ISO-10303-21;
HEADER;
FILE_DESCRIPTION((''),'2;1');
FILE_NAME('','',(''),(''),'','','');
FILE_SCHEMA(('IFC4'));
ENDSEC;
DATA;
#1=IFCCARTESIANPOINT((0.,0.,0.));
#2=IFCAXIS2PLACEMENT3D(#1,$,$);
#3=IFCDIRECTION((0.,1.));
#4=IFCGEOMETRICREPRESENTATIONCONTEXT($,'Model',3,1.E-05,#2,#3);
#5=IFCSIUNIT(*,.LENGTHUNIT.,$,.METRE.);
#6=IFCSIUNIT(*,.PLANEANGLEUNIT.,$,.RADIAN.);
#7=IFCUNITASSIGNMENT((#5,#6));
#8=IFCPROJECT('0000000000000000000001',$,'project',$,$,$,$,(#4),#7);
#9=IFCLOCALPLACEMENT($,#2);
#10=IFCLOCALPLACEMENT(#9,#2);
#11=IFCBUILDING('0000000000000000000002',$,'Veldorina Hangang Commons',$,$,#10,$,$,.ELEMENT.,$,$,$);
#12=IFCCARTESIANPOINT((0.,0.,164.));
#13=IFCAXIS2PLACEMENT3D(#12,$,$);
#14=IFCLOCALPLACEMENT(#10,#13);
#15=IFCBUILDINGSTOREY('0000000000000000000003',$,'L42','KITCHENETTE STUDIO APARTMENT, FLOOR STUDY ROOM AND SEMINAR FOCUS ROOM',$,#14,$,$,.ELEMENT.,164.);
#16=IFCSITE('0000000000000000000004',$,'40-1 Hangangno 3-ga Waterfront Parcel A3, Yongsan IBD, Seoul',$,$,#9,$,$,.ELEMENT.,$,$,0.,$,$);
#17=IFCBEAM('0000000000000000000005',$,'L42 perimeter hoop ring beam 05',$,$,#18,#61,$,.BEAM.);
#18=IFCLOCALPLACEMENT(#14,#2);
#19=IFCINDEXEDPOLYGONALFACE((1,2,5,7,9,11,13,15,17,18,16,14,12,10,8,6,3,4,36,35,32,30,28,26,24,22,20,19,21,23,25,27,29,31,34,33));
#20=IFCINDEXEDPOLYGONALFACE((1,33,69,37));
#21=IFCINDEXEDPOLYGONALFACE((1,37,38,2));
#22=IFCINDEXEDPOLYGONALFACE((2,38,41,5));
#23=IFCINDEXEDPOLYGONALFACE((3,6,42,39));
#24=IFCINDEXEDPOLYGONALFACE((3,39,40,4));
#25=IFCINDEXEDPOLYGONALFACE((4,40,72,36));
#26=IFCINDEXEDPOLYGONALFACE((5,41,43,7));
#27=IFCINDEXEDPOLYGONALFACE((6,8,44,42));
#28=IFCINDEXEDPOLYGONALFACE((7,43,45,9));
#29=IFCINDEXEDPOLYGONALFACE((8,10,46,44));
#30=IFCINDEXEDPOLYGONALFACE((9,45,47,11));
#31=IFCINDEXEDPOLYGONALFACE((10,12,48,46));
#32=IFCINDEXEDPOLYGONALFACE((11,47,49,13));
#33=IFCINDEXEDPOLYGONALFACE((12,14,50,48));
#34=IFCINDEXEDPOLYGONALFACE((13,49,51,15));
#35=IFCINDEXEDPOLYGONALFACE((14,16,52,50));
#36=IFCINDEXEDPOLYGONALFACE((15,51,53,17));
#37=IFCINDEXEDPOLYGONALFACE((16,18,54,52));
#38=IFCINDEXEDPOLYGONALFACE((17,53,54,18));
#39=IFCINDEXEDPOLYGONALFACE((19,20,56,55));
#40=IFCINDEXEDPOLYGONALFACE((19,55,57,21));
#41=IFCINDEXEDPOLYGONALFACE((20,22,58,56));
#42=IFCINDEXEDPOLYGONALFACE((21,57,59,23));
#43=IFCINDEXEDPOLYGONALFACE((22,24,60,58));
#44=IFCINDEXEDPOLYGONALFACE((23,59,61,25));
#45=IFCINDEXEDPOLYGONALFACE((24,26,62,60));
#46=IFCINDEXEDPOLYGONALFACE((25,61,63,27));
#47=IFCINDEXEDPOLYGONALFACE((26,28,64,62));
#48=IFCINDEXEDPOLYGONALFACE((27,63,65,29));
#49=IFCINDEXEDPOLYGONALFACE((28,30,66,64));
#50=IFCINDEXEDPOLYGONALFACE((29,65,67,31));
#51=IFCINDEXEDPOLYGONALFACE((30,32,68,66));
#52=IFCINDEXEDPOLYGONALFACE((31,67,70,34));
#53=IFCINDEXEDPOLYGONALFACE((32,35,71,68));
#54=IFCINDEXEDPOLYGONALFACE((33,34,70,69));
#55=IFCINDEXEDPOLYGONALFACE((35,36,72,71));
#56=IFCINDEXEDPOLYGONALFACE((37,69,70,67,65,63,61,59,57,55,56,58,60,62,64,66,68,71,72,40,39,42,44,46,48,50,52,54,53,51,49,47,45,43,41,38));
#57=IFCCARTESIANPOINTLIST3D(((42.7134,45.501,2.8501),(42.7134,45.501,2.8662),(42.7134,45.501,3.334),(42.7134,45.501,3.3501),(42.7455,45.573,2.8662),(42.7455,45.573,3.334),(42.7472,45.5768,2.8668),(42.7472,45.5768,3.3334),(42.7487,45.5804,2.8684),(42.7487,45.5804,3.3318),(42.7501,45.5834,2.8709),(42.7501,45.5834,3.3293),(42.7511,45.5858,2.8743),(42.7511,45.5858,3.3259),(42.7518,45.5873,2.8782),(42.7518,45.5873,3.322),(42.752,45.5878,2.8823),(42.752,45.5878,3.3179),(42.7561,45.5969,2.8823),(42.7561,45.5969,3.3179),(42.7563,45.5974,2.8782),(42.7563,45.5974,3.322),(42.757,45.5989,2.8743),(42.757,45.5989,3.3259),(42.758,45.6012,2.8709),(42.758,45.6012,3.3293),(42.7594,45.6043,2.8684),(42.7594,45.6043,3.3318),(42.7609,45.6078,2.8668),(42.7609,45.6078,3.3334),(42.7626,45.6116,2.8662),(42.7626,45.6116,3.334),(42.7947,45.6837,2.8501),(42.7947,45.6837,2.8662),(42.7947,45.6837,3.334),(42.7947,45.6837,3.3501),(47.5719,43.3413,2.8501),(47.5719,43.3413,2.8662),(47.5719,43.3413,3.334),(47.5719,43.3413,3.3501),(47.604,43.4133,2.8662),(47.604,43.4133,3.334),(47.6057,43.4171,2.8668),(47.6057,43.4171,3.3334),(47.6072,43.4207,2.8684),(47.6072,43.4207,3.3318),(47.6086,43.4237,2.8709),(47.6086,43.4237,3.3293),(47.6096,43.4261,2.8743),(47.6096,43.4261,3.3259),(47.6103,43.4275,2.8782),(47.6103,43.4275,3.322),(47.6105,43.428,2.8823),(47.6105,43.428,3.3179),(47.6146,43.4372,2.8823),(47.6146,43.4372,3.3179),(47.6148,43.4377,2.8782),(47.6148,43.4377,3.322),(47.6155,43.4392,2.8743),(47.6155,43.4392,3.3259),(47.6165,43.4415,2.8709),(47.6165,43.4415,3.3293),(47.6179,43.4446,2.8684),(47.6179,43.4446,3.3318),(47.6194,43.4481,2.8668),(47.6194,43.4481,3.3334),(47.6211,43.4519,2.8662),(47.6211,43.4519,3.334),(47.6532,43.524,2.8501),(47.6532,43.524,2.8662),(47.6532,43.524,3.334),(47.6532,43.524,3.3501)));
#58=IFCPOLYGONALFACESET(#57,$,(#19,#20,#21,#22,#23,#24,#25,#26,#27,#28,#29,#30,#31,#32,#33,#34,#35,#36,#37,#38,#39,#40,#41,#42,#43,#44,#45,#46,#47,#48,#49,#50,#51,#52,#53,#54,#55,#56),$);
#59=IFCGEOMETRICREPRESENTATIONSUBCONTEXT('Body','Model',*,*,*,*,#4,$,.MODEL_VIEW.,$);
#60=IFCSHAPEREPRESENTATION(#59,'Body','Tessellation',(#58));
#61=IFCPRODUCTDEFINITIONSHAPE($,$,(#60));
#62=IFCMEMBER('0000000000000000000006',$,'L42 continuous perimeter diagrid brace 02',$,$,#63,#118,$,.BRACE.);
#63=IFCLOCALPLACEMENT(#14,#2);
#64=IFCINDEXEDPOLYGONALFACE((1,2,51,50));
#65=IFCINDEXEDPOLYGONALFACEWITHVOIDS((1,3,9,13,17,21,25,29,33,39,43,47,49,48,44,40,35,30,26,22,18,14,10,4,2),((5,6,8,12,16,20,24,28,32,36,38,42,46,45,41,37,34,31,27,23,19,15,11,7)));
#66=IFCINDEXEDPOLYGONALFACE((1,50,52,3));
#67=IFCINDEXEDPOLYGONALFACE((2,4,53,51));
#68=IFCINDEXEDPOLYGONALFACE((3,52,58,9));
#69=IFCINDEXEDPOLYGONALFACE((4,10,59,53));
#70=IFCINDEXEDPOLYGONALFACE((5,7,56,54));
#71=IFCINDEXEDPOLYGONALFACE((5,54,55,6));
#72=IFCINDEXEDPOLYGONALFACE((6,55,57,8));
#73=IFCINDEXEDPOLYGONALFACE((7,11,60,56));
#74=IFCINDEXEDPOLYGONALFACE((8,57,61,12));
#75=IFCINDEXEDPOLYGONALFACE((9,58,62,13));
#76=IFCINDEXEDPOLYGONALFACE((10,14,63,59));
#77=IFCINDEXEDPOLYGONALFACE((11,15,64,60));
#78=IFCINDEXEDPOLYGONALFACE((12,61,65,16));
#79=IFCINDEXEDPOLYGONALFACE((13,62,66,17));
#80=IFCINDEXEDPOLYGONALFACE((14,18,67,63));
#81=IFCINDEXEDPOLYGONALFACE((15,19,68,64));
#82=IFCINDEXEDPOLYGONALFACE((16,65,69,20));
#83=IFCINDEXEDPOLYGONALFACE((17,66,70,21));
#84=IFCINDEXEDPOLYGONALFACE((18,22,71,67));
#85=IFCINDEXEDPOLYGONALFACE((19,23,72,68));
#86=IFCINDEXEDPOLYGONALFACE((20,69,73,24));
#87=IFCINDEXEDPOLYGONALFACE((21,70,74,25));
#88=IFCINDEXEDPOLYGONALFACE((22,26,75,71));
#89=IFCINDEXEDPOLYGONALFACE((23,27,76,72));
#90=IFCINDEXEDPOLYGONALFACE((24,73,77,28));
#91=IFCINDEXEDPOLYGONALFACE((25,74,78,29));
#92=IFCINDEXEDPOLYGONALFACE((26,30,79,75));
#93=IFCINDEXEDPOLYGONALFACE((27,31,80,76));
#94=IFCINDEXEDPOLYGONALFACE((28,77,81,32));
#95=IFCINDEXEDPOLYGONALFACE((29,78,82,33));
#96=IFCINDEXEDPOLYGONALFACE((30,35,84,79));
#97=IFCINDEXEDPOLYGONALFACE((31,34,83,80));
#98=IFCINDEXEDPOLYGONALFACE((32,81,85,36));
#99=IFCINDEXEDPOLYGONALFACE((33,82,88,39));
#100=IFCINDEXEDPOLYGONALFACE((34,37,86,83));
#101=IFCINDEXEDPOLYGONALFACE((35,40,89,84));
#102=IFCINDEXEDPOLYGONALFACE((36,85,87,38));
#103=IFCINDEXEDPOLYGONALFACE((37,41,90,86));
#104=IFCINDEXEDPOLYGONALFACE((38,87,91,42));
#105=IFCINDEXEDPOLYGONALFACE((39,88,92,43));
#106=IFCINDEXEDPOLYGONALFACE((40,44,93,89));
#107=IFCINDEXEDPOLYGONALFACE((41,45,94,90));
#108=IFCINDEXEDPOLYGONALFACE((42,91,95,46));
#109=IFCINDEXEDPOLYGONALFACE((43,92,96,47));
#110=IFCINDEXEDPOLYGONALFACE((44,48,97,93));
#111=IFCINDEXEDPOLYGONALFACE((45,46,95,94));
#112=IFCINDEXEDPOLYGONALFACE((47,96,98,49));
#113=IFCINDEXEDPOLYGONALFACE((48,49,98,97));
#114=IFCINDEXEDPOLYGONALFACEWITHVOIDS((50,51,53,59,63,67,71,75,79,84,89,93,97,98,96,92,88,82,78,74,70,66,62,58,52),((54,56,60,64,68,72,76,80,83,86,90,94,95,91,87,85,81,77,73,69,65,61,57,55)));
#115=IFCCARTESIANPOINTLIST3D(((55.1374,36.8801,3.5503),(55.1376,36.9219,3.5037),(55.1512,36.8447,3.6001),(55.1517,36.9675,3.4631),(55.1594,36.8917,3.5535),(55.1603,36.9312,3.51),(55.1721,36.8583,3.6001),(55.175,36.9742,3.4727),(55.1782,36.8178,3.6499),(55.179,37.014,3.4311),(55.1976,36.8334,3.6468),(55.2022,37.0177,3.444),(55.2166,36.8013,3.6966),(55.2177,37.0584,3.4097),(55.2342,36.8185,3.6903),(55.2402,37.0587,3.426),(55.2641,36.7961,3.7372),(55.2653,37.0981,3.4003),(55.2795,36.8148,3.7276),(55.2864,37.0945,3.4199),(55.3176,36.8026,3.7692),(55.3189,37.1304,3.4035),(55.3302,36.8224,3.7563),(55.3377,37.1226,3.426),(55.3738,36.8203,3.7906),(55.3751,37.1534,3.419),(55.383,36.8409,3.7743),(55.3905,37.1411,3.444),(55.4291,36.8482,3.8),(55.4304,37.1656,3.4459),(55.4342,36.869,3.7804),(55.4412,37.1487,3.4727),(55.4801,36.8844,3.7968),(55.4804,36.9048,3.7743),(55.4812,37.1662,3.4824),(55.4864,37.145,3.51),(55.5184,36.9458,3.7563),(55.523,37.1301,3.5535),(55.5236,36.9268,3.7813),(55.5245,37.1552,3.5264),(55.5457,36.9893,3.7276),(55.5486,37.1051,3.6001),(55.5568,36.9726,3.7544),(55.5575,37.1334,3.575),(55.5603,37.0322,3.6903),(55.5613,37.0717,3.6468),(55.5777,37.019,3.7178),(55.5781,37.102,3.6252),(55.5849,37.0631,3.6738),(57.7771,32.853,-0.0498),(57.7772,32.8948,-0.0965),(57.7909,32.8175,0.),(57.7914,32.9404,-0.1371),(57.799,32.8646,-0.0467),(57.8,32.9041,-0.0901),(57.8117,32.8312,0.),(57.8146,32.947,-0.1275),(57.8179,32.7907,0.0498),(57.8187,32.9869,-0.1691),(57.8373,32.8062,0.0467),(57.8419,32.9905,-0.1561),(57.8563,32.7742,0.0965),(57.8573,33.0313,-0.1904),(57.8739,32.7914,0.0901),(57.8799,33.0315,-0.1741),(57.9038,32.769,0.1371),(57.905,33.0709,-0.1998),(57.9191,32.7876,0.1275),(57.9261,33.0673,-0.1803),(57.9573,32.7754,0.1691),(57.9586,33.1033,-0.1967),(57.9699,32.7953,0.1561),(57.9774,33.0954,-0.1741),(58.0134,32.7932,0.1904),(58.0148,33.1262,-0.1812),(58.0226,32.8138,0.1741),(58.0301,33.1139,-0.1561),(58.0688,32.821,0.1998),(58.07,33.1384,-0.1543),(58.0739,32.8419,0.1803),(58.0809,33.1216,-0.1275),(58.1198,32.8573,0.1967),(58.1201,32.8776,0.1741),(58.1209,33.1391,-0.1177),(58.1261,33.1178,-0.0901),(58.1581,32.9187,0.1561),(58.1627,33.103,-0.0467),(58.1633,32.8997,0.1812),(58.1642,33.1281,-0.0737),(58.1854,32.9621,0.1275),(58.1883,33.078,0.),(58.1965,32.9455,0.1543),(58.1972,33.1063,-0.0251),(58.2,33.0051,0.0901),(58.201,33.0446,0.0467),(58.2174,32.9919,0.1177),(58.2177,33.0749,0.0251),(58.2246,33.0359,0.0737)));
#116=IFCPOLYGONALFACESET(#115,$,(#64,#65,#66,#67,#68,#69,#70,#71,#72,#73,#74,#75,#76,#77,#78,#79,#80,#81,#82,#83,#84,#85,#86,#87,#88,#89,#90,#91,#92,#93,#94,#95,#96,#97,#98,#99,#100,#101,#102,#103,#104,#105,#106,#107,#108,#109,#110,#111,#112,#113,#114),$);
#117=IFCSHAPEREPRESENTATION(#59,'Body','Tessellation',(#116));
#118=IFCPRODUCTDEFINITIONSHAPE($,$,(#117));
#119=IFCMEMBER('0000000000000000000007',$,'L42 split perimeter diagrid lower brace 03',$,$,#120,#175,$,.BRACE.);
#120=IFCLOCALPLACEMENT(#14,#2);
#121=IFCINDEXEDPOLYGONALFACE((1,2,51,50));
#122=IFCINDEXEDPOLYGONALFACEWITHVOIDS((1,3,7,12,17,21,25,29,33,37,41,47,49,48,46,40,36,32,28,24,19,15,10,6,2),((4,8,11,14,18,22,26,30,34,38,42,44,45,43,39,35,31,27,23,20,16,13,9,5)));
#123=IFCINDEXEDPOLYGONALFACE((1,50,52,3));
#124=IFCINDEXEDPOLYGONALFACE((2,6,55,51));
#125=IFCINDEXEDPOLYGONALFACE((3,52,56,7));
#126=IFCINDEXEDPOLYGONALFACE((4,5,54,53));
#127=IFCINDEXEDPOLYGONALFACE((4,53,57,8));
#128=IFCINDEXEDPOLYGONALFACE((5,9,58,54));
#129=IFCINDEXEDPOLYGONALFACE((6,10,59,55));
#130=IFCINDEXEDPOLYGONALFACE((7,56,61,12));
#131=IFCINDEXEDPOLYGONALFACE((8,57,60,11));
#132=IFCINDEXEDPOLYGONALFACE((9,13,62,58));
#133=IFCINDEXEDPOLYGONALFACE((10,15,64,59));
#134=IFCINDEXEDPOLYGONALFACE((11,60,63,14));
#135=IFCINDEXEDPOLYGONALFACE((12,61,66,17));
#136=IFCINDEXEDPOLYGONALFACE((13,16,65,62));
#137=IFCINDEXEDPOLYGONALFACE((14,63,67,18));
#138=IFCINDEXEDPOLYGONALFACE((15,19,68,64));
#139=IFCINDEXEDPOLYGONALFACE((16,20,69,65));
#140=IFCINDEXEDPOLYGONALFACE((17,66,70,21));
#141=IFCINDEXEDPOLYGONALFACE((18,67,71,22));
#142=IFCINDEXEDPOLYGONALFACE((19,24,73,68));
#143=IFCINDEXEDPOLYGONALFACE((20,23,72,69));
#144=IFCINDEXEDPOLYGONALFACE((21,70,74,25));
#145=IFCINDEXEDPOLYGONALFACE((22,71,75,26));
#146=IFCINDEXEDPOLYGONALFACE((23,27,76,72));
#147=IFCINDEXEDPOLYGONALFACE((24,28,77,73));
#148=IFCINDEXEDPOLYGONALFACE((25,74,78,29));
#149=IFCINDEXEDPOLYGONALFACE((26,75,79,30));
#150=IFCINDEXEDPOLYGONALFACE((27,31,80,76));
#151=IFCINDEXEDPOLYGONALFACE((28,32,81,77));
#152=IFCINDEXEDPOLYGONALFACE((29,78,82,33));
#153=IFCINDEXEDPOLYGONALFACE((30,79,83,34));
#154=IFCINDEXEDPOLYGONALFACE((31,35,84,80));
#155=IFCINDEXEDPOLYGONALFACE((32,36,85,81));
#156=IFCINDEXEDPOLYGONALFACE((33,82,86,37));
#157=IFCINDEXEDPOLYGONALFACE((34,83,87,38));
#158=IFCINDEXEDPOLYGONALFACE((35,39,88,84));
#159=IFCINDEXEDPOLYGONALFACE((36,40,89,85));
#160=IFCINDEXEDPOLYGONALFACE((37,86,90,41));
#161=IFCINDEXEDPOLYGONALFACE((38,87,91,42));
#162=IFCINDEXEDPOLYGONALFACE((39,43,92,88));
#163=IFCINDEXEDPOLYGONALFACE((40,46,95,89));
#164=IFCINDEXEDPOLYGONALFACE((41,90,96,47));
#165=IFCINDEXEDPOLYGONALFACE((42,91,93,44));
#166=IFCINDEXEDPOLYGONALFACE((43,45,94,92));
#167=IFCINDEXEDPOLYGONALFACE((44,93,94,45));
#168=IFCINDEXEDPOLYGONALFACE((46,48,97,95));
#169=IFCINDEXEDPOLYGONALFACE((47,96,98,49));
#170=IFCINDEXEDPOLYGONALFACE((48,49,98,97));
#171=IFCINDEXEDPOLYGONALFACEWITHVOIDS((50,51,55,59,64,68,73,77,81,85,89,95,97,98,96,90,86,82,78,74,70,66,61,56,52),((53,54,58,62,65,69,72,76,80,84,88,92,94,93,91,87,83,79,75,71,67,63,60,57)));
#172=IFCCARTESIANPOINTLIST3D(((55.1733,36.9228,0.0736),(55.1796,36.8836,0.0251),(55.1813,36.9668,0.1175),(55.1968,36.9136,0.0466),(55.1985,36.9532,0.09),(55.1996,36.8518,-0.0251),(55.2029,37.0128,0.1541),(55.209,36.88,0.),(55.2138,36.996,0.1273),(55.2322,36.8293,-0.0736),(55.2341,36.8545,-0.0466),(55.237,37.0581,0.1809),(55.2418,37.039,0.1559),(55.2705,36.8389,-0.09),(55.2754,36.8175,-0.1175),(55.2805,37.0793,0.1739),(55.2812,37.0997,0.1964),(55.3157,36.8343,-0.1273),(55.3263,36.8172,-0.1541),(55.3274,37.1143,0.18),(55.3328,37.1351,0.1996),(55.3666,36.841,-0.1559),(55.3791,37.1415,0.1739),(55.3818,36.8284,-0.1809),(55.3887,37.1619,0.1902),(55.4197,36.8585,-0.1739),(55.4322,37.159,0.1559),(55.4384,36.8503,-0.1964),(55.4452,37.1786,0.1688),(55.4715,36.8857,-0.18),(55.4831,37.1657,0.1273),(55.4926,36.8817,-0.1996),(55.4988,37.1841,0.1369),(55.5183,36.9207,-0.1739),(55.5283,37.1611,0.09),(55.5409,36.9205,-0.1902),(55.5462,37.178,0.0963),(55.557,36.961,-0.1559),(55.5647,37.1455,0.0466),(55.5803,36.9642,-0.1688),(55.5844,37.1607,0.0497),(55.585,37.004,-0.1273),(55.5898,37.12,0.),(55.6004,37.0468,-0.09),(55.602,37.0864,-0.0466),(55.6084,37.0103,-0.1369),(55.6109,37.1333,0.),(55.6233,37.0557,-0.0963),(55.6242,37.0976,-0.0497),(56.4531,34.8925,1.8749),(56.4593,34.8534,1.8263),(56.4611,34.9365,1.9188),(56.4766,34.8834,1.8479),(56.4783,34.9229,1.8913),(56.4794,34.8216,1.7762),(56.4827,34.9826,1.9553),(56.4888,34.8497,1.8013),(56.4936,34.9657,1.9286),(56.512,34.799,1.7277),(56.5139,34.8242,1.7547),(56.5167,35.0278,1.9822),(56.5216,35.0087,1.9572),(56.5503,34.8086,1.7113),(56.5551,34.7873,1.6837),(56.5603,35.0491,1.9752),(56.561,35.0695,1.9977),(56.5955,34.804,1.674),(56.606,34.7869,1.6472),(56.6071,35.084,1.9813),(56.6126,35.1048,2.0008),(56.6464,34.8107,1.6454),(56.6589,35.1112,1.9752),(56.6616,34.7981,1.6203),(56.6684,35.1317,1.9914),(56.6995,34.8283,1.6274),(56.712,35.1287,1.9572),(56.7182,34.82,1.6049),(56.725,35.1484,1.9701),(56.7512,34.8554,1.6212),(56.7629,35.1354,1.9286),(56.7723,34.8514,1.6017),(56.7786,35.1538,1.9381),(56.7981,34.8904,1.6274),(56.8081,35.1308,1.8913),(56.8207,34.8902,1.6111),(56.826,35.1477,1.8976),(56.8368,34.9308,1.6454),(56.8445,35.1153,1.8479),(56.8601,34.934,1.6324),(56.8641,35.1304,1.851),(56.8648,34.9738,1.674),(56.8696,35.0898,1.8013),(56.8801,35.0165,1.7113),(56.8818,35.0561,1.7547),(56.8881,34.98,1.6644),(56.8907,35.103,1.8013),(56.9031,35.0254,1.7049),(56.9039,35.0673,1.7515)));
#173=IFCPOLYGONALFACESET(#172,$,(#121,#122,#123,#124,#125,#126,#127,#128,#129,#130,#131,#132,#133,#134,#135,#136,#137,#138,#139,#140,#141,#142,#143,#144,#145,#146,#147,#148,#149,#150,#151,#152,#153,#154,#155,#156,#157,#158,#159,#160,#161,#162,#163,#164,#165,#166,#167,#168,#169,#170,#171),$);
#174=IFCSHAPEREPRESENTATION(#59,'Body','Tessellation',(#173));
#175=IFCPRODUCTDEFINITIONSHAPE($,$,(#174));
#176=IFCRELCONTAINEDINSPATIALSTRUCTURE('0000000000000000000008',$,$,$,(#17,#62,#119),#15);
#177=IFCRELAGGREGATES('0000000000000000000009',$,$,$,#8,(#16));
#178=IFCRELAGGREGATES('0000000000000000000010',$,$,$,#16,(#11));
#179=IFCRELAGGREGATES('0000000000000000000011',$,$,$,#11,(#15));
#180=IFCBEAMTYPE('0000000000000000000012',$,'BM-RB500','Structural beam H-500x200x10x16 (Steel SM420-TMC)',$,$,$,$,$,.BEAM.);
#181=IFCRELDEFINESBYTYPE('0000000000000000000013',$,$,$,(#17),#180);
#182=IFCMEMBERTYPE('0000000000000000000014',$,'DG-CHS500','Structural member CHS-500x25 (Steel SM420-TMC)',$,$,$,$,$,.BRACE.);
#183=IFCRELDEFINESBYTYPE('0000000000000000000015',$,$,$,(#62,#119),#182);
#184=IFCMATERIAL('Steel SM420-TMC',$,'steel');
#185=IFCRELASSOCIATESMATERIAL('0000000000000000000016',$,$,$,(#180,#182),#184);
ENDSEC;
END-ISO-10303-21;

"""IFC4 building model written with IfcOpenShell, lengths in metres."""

from ifc_helpers import new_model, si_unit, direction, frame, origin, origin_2d, place, context, subcontext, project, spatial, hollow_circle, i_section, extrude, material, material_profile, profile_set, type_object, element, save


model = new_model("IFC4")

# Units and contexts
model_context = context("Model", 3, precision=1e-05, world=origin(), true_north=direction((0.0, 1.0)))
body_context = subcontext(model_context, "Body", "Model", "MODEL_VIEW")
ifc_project = project(units=[si_unit("LENGTHUNIT", "METRE"), si_unit("PLANEANGLEUNIT", "RADIAN")], contexts=[model_context])

# Site, building, storey
site_placement = place(None, origin())
site = spatial("IfcSite", under=ifc_project, at=site_placement, Name="40-1 Hangangno 3-ga Waterfront Parcel A3, Yongsan IBD, Seoul", CompositionType="ELEMENT", RefElevation=0.0)
building_placement = place(site_placement, origin())
building = spatial("IfcBuilding", under=site, at=building_placement, Name="Veldorina Hangang Commons", CompositionType="ELEMENT")
storey_placement = place(building_placement, frame((0.0, 0.0, 164.0)))
storey = spatial("IfcBuildingStorey", under=building, at=storey_placement, Name="L42", Description="KITCHENETTE STUDIO APARTMENT, FLOOR STUDY ROOM AND SEMINAR FOCUS ROOM", CompositionType="ELEMENT", Elevation=164.0)

# Beam
ifc_material_1 = material(Name="Steel SM420-TMC", Category="steel")
ifc_material_profile_1 = material_profile(ifc_material_1, i_section(OverallWidth=0.2, OverallDepth=0.5, WebThickness=0.01, FlangeThickness=0.0161, FilletRadius=0.0161, at=origin_2d()), Name="H-500x200x10x16")
ifc_profile_set_1 = profile_set([ifc_material_profile_1], Name="Steel SM420-TMC")
beam_type_1 = type_object("IfcBeamType", Name="BM-RB500", Description="Structural beam H-500x200x10x16 (Steel SM420-TMC)", PredefinedType="BEAM", material=ifc_profile_set_1)
beam_1_placement = place(storey_placement, frame((47.6125, 43.4326, 3.1001), z_axis=(-0.913785, 0.406198, 0.0), x_axis=(-0.406198, -0.913785, 0.0)))
element("IfcBeam", 1, at=beam_1_placement, inside=storey, type_object=beam_type_1, Name="L42 perimeter hoop ring beam 05", PredefinedType="BEAM", context=body_context, shape_type="SweptSolid", body=[
    extrude(i_section(OverallWidth=0.2, OverallDepth=0.5, WebThickness=0.01, FlangeThickness=0.0161, FilletRadius=0.0161, at=origin_2d()), origin(), (0.0, 0.0, 1.0), 5.3169),
])

# Members
ifc_material_profile_2 = material_profile(ifc_material_1, hollow_circle(Radius=0.25, WallThickness=0.0249, at=origin_2d()), Name="CHS-500x25")
ifc_profile_set_2 = profile_set([ifc_material_profile_2], Name="Steel SM420-TMC")
member_type = type_object("IfcMemberType", Name="DG-CHS500", Description="Structural member CHS-500x25 (Steel SM420-TMC)", PredefinedType="BRACE", material=ifc_profile_set_2)
member_1_placement = place(storey_placement, frame((58.0, 32.9546, 0.0), z_axis=(-0.439052, 0.669827, 0.598803), x_axis=(-0.836347, -0.548201, 0.0)))
element("IfcMember", 2, at=member_1_placement, inside=storey, type_object=member_type, Name="L42 continuous perimeter diagrid brace 02", PredefinedType="BRACE", context=body_context, shape_type="SweptSolid", body=[
    extrude(hollow_circle(Radius=0.25, WallThickness=0.0249, at=origin_2d()), origin(), (0.0, 0.0, 1.0), 6.0122),
])
member_2_placement = place(storey_placement, frame((55.3994, 37.0, 0.0), z_axis=(0.42649, -0.676591, 0.600275), x_axis=(0.845958, 0.53325, 0.0)))
element("IfcMember", 3, at=member_2_placement, inside=storey, type_object=member_type, Name="L42 split perimeter diagrid lower brace 03", PredefinedType="BRACE", context=body_context, shape_type="SweptSolid", body=[
    extrude(hollow_circle(Radius=0.25, WallThickness=0.0249, at=origin_2d()), origin(), (0.0, 0.0, 1.0), 3.0007),
])

save(model, "model.ifc")
